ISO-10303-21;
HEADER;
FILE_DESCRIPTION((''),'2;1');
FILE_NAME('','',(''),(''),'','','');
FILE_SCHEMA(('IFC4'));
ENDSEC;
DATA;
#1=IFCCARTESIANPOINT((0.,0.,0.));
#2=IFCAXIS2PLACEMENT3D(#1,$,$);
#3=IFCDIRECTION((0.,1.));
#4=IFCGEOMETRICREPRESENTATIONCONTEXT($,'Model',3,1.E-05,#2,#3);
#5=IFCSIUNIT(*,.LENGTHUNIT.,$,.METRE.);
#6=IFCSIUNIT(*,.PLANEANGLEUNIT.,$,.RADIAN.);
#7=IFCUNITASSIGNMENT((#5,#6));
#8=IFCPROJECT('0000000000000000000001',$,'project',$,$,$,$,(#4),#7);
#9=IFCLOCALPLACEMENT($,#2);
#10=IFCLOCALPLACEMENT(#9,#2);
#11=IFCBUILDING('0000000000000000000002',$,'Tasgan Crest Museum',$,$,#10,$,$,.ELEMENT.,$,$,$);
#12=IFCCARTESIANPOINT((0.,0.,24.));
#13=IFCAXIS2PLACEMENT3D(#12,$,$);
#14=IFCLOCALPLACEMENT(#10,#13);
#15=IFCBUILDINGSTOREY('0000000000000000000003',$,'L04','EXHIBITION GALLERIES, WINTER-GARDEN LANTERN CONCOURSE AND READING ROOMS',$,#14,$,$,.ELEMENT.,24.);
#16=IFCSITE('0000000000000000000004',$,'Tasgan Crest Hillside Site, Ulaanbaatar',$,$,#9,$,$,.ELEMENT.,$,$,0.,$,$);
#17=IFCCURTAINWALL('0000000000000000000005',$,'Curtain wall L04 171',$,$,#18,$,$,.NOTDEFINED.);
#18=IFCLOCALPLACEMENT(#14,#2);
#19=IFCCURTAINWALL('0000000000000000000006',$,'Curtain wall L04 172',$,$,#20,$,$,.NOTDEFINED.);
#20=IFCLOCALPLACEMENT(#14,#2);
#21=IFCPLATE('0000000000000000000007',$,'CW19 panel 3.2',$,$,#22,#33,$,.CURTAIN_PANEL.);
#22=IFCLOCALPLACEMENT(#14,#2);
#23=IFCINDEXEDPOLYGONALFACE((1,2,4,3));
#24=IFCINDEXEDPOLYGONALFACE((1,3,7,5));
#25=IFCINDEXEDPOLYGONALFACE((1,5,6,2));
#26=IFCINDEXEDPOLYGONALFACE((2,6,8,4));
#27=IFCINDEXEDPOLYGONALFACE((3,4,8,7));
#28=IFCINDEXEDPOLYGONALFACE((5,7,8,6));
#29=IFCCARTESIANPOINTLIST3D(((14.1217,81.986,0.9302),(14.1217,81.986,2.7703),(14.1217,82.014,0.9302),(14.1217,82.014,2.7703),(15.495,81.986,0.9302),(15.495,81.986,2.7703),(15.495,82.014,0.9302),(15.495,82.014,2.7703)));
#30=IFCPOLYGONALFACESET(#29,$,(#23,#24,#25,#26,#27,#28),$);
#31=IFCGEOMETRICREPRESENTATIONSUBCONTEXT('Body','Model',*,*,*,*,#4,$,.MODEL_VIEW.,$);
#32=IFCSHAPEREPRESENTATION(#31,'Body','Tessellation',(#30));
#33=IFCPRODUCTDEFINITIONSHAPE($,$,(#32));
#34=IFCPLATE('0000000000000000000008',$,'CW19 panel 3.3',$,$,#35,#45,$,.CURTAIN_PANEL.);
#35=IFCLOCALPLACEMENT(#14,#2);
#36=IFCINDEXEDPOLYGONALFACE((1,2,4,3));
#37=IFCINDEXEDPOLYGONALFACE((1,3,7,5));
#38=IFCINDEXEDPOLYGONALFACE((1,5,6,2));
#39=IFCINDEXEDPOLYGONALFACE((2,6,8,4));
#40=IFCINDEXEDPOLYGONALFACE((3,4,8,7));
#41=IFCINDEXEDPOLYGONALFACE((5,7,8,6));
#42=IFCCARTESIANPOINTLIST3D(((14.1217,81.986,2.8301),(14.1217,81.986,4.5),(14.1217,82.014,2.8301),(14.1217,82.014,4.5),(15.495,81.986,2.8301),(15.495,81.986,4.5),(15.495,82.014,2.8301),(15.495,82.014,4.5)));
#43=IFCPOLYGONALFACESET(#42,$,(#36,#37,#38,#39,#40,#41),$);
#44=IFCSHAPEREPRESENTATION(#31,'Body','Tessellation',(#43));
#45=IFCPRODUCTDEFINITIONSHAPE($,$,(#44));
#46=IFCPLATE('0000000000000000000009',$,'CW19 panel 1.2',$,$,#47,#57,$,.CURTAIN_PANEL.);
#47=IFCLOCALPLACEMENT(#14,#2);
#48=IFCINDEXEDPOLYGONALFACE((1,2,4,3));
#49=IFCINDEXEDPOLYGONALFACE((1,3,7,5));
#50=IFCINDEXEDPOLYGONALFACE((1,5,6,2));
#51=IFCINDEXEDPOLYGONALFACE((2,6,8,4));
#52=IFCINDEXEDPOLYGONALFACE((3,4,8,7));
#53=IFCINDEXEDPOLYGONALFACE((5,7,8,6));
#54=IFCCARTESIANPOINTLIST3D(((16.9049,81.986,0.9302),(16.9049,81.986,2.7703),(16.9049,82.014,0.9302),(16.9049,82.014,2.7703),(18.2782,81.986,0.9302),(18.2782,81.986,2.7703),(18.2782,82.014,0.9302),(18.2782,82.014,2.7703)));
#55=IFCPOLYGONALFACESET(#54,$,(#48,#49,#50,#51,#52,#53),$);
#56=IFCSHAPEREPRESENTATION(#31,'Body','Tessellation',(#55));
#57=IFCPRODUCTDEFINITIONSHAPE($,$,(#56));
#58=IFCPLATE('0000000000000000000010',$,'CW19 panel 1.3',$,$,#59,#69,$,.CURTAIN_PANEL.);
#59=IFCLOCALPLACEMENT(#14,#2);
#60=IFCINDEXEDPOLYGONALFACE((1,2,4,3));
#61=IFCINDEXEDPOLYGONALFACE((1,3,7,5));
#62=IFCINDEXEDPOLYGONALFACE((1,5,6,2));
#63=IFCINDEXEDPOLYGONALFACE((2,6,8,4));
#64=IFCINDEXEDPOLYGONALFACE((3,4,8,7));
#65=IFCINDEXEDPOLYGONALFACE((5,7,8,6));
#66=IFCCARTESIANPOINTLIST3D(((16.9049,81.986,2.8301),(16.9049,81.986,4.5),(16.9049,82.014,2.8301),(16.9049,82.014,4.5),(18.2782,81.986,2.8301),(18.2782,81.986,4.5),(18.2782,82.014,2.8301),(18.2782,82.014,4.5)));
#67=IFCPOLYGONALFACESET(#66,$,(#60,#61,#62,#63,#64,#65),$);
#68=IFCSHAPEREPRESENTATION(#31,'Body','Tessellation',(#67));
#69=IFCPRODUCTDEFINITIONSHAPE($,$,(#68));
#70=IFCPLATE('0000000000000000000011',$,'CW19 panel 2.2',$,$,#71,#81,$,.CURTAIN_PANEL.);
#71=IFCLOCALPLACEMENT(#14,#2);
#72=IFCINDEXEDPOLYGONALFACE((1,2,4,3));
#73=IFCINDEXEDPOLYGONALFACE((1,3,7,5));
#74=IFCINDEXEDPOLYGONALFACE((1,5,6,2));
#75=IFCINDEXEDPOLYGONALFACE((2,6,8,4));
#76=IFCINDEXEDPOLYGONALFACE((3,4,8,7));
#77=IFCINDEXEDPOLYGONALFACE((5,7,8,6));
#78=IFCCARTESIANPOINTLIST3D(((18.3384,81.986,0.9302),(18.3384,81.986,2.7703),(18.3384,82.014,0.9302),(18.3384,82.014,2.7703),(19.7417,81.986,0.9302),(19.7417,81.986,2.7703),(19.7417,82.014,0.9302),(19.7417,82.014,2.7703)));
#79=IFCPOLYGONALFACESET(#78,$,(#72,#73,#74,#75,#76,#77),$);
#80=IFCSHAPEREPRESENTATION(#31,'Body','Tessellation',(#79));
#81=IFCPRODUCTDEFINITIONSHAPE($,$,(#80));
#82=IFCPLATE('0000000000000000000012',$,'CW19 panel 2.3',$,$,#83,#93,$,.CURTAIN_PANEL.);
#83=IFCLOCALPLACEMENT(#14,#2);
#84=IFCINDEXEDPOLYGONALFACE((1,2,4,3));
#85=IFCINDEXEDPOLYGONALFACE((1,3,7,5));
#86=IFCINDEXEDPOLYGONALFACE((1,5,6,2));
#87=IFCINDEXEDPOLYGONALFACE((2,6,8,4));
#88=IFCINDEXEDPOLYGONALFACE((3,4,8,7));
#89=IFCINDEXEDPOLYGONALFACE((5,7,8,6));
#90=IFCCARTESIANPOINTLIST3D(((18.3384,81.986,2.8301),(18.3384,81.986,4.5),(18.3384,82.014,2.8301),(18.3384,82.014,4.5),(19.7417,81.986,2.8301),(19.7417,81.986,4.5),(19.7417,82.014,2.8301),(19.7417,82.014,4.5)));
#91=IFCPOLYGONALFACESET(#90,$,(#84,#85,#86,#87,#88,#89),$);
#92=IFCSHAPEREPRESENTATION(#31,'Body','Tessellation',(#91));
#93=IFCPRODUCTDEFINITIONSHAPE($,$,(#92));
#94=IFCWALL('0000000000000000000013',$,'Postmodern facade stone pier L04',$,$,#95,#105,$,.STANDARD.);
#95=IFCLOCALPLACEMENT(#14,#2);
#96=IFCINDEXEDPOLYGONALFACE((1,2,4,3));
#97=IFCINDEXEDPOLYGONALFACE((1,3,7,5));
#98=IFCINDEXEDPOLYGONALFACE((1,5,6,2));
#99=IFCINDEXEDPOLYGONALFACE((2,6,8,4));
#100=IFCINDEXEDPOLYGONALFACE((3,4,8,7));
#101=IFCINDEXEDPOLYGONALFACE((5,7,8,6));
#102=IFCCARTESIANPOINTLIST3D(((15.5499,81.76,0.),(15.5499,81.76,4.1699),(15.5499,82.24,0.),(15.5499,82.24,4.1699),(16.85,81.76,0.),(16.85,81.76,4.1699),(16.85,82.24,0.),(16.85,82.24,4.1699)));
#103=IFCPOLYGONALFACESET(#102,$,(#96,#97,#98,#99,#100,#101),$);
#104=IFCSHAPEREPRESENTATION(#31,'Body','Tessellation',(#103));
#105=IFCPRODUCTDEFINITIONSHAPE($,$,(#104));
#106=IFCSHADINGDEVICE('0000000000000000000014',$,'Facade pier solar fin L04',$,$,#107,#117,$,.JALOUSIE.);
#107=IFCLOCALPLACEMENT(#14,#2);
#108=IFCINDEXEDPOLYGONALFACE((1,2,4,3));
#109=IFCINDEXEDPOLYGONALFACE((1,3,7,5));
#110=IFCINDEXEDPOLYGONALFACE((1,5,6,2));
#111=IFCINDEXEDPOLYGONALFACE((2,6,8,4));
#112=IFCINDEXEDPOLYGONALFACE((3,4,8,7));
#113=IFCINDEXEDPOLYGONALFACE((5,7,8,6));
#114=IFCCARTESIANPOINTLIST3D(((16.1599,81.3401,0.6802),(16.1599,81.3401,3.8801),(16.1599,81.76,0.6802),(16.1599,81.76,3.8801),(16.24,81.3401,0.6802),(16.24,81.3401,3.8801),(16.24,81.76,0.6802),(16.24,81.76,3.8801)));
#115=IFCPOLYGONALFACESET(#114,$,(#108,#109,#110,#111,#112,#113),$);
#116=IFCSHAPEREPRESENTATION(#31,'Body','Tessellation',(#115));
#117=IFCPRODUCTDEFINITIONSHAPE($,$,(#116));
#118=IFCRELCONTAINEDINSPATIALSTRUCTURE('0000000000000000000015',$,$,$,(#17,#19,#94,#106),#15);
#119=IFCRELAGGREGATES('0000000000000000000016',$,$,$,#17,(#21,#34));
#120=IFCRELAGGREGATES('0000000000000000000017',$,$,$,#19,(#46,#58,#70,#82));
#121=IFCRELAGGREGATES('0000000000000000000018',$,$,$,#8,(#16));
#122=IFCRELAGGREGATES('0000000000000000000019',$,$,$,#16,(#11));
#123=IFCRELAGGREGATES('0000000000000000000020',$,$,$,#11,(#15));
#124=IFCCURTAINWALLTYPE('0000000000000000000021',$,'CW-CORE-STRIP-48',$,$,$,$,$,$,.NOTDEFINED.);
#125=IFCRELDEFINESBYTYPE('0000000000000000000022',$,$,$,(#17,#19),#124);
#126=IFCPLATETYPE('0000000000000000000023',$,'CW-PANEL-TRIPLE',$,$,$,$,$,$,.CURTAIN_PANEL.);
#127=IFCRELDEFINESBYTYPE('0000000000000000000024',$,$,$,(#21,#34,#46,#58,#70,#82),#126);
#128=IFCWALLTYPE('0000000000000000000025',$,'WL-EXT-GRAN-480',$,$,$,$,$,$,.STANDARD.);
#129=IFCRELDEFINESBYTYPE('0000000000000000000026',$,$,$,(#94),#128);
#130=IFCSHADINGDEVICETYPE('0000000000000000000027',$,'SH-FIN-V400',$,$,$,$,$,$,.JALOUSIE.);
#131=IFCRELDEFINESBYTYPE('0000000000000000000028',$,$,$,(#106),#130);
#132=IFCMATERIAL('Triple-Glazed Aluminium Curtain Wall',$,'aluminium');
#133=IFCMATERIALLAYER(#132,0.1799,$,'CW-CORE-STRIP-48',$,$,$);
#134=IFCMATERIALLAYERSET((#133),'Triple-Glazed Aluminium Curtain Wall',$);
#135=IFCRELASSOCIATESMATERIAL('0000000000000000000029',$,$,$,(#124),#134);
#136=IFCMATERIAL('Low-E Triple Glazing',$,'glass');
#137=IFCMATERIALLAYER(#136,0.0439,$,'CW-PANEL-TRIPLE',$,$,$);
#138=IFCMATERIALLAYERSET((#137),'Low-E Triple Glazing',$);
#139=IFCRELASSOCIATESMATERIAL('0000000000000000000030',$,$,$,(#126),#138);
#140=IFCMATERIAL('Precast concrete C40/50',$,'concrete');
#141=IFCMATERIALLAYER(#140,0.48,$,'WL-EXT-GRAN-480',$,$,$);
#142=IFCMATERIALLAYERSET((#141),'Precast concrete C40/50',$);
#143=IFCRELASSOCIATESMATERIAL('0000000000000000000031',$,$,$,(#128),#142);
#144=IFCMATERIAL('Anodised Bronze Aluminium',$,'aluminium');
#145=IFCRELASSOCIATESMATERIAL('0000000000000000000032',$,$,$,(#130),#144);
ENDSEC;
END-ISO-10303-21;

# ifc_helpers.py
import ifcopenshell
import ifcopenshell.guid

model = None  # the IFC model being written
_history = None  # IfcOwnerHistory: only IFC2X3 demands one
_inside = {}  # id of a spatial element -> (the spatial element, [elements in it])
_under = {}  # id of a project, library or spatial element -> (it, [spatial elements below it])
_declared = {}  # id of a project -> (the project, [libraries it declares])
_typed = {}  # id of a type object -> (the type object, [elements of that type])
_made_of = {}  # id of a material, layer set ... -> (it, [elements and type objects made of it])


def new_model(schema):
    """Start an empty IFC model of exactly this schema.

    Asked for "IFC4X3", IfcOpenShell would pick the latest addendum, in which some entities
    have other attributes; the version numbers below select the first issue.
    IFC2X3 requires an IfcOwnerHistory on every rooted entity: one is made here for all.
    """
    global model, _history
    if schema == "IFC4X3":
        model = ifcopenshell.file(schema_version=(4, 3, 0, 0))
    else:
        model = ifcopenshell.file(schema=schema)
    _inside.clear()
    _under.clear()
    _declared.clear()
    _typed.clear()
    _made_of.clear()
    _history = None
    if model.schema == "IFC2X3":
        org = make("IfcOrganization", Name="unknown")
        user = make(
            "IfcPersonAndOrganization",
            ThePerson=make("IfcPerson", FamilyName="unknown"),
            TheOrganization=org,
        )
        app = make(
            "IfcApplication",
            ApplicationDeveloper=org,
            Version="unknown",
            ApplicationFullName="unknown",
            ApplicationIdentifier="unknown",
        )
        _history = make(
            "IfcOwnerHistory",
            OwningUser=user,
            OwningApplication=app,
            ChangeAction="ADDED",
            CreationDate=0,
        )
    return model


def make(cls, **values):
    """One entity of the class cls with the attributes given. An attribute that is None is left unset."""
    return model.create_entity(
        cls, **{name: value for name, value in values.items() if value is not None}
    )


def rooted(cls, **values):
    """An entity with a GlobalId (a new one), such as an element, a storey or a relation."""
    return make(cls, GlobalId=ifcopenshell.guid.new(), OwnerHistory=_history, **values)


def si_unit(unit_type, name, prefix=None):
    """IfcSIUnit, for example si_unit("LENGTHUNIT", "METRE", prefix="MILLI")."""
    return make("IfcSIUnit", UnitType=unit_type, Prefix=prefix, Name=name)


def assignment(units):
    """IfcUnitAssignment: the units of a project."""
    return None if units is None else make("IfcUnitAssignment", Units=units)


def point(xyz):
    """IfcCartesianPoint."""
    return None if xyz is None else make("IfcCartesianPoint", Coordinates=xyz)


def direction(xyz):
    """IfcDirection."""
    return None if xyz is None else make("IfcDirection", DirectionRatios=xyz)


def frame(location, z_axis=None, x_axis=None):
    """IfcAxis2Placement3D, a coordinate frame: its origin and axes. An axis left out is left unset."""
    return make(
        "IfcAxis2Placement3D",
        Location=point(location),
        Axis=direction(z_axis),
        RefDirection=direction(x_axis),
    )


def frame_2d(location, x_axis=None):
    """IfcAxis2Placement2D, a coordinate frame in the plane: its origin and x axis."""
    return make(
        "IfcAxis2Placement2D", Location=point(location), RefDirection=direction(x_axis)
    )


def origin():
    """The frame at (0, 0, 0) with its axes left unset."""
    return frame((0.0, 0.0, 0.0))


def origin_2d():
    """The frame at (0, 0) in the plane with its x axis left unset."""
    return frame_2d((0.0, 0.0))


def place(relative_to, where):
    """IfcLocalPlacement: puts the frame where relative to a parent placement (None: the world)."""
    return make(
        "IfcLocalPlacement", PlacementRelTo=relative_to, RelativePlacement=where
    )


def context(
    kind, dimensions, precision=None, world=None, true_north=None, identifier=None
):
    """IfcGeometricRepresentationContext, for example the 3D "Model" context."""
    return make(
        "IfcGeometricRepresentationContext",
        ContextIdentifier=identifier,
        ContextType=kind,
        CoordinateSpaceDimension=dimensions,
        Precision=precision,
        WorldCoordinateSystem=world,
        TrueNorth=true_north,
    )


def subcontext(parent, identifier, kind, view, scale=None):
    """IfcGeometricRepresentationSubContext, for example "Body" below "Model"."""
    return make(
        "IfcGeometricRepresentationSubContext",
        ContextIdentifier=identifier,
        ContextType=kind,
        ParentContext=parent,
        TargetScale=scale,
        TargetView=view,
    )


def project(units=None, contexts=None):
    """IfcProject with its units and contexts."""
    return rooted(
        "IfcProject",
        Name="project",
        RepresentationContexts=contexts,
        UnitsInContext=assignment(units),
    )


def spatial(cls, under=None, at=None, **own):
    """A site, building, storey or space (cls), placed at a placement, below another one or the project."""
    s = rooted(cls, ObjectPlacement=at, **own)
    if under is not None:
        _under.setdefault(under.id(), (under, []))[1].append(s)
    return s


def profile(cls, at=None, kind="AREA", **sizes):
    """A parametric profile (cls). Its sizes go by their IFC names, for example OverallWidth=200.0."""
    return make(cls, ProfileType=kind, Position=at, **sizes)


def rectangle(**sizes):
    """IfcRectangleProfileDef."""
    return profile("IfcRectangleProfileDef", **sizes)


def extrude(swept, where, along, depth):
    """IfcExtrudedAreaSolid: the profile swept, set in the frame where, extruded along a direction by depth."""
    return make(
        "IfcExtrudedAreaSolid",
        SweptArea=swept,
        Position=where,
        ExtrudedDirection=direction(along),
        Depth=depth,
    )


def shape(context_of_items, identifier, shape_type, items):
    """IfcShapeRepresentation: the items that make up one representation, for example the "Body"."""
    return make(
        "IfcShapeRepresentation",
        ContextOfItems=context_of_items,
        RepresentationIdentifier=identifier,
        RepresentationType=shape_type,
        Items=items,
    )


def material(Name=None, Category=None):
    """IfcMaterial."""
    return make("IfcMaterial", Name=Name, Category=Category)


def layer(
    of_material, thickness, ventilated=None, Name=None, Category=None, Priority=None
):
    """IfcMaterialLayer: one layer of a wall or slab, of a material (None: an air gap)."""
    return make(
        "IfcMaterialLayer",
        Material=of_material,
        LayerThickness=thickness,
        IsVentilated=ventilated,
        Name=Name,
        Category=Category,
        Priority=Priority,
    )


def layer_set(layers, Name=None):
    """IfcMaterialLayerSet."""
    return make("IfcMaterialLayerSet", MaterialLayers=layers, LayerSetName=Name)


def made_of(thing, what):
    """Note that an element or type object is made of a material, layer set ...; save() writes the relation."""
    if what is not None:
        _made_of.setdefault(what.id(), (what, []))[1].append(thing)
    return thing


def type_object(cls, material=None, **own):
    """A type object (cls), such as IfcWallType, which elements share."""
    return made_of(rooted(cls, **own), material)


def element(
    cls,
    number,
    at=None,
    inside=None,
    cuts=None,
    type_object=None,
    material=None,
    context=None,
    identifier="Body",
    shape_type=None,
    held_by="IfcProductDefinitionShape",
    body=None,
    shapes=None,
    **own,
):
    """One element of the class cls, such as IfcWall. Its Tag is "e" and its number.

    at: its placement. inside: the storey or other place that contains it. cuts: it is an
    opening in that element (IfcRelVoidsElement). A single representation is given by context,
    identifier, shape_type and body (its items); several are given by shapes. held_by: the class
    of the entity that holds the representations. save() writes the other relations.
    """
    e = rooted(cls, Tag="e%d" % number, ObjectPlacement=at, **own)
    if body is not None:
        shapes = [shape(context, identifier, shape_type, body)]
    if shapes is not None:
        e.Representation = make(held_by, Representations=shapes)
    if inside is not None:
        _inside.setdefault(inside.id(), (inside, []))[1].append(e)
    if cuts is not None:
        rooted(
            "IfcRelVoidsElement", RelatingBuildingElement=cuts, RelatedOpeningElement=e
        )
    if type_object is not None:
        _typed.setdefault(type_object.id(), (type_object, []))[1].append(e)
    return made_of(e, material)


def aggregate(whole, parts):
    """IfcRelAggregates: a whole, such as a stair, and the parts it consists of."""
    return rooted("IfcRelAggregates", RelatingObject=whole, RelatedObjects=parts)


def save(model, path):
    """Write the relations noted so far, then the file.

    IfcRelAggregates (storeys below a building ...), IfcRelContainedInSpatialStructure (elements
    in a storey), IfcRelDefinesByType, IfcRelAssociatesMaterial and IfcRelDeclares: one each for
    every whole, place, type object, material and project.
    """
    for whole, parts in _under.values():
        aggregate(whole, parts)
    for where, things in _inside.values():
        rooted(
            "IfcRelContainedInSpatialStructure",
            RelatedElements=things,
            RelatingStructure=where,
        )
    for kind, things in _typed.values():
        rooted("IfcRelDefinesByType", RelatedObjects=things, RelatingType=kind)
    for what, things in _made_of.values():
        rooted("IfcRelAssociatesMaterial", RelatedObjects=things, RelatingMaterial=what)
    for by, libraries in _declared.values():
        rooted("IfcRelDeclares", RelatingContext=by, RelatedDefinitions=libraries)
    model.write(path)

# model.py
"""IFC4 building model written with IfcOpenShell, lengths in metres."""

from ifc_helpers import new_model, si_unit, direction, frame, frame_2d, origin, origin_2d, place, context, subcontext, project, spatial, rectangle, extrude, material, layer, layer_set, type_object, element, aggregate, save


model = new_model("IFC4")

# Units and contexts
model_context = context("Model", 3, precision=1e-05, world=origin(), true_north=direction((0.0, 1.0)))
body_context = subcontext(model_context, "Body", "Model", "MODEL_VIEW")
ifc_project = project(units=[si_unit("LENGTHUNIT", "METRE"), si_unit("PLANEANGLEUNIT", "RADIAN")], contexts=[model_context])

# Site, building, storey
site_placement = place(None, origin())
site = spatial("IfcSite", under=ifc_project, at=site_placement, Name="Tasgan Crest Hillside Site, Ulaanbaatar", CompositionType="ELEMENT", RefElevation=0.0)
building_placement = place(site_placement, origin())
building = spatial("IfcBuilding", under=site, at=building_placement, Name="Tasgan Crest Museum", CompositionType="ELEMENT")
storey_placement = place(building_placement, frame((0.0, 0.0, 24.0)))
storey = spatial("IfcBuildingStorey", under=building, at=storey_placement, Name="L04", Description="EXHIBITION GALLERIES, WINTER-GARDEN LANTERN CONCOURSE AND READING ROOMS", CompositionType="ELEMENT", Elevation=24.0)

# Curtain walls
ifc_material_1 = material(Name="Triple-Glazed Aluminium Curtain Wall", Category="aluminium")
ifc_layer_1 = layer(ifc_material_1, 0.1799, Name="CW-CORE-STRIP-48")
ifc_layer_set_1 = layer_set([ifc_layer_1], Name="Triple-Glazed Aluminium Curtain Wall")
curtain_wall_type = type_object("IfcCurtainWallType", Name="CW-CORE-STRIP-48", PredefinedType="NOTDEFINED", material=ifc_layer_set_1)
curtain_wall_1_placement = place(storey_placement, origin())
curtain_wall_1 = element("IfcCurtainWall", 1, at=curtain_wall_1_placement, inside=storey, type_object=curtain_wall_type, Name="Curtain wall L04 171", PredefinedType="NOTDEFINED")
curtain_wall_2_placement = place(storey_placement, origin())
curtain_wall_2 = element("IfcCurtainWall", 2, at=curtain_wall_2_placement, inside=storey, type_object=curtain_wall_type, Name="Curtain wall L04 172", PredefinedType="NOTDEFINED")

# Plates
ifc_material_2 = material(Name="Low-E Triple Glazing", Category="glass")
ifc_layer_2 = layer(ifc_material_2, 0.0439, Name="CW-PANEL-TRIPLE")
ifc_layer_set_2 = layer_set([ifc_layer_2], Name="Low-E Triple Glazing")
plate_type_1 = type_object("IfcPlateType", Name="CW-PANEL-TRIPLE", PredefinedType="CURTAIN_PANEL", material=ifc_layer_set_2)
plate_1_placement = place(storey_placement, frame((14.8083, 82.0, 0.9302), z_axis=(0.0, 0.0, 1.0), x_axis=(1.0, 0.0, 0.0)))
plate_1 = element("IfcPlate", 3, at=plate_1_placement, type_object=plate_type_1, Name="CW19 panel 3.2", PredefinedType="CURTAIN_PANEL", context=body_context, shape_type="SweptSolid", body=[
    extrude(rectangle(XDim=1.3733, YDim=0.0281, at=origin_2d()), origin(), (0.0, 0.0, 1.0), 1.8401),
])
plate_2_placement = place(storey_placement, frame((14.8083, 82.0, 2.8301), z_axis=(0.0, 0.0, 1.0), x_axis=(1.0, 0.0, 0.0)))
plate_2 = element("IfcPlate", 4, at=plate_2_placement, type_object=plate_type_1, Name="CW19 panel 3.3", PredefinedType="CURTAIN_PANEL", context=body_context, shape_type="SweptSolid", body=[
    extrude(rectangle(XDim=1.3733, YDim=0.0281, at=origin_2d()), origin(), (0.0, 0.0, 1.0), 1.6699),
])
aggregate(curtain_wall_1, [plate_1, plate_2])
plate_3_placement = place(storey_placement, frame((17.5916, 82.0, 0.9302), z_axis=(0.0, 0.0, 1.0), x_axis=(1.0, 0.0, 0.0)))
plate_3 = element("IfcPlate", 5, at=plate_3_placement, type_object=plate_type_1, Name="CW19 panel 1.2", PredefinedType="CURTAIN_PANEL", context=body_context, shape_type="SweptSolid", body=[
    extrude(rectangle(XDim=1.3733, YDim=0.0281, at=origin_2d()), origin(), (0.0, 0.0, 1.0), 1.8401),
])
plate_4_placement = place(storey_placement, frame((17.5916, 82.0, 2.8301), z_axis=(0.0, 0.0, 1.0), x_axis=(1.0, 0.0, 0.0)))
plate_4 = element("IfcPlate", 6, at=plate_4_placement, type_object=plate_type_1, Name="CW19 panel 1.3", PredefinedType="CURTAIN_PANEL", context=body_context, shape_type="SweptSolid", body=[
    extrude(rectangle(XDim=1.3733, YDim=0.0281, at=origin_2d()), origin(), (0.0, 0.0, 1.0), 1.6699),
])
plate_5_placement = place(storey_placement, frame((19.04, 82.0, 0.9302), z_axis=(0.0, 0.0, 1.0), x_axis=(1.0, 0.0, 0.0)))
plate_5 = element("IfcPlate", 7, at=plate_5_placement, type_object=plate_type_1, Name="CW19 panel 2.2", PredefinedType="CURTAIN_PANEL", context=body_context, shape_type="SweptSolid", body=[
    extrude(rectangle(XDim=1.4033, YDim=0.0281, at=origin_2d()), origin(), (0.0, 0.0, 1.0), 1.8401),
])
plate_6_placement = place(storey_placement, frame((19.04, 82.0, 2.8301), z_axis=(0.0, 0.0, 1.0), x_axis=(1.0, 0.0, 0.0)))
plate_6 = element("IfcPlate", 8, at=plate_6_placement, type_object=plate_type_1, Name="CW19 panel 2.3", PredefinedType="CURTAIN_PANEL", context=body_context, shape_type="SweptSolid", body=[
    extrude(rectangle(XDim=1.4033, YDim=0.0281, at=origin_2d()), origin(), (0.0, 0.0, 1.0), 1.6699),
])
aggregate(curtain_wall_2, [plate_3, plate_4, plate_5, plate_6])

# Wall
ifc_material_3 = material(Name="Precast concrete C40/50", Category="concrete")
ifc_layer_3 = layer(ifc_material_3, 0.48, Name="WL-EXT-GRAN-480")
ifc_layer_set_3 = layer_set([ifc_layer_3], Name="Precast concrete C40/50")
wall_type = type_object("IfcWallType", Name="WL-EXT-GRAN-480", PredefinedType="STANDARD", material=ifc_layer_set_3)
wall_placement = place(storey_placement, frame((15.55, 82.0, 0.0), z_axis=(0.0, 0.0, 1.0), x_axis=(1.0, 0.0, 0.0)))
element("IfcWall", 9, at=wall_placement, inside=storey, type_object=wall_type, Name="Postmodern facade stone pier L04", PredefinedType="STANDARD", context=body_context, shape_type="SweptSolid", body=[
    extrude(rectangle(XDim=1.3, YDim=0.48, at=frame_2d((0.6499, 0.0))), origin(), (0.0, 0.0, 1.0), 4.1699),
])

# Shading device
ifc_material_4 = material(Name="Anodised Bronze Aluminium", Category="aluminium")
shading_device_type = type_object("IfcShadingDeviceType", Name="SH-FIN-V400", PredefinedType="JALOUSIE", material=ifc_material_4)
shading_device_placement = place(storey_placement, frame((16.2, 81.55, 0.6802), z_axis=(0.0, 0.0, 1.0), x_axis=(1.0, 0.0, 0.0)))
element("IfcShadingDevice", 10, at=shading_device_placement, inside=storey, type_object=shading_device_type, Name="Facade pier solar fin L04", PredefinedType="JALOUSIE", context=body_context, shape_type="SweptSolid", body=[
    extrude(rectangle(XDim=0.0801, YDim=0.4199, at=origin_2d()), origin(), (0.0, 0.0, 1.0), 3.2),
])

save(model, "model.ifc")
